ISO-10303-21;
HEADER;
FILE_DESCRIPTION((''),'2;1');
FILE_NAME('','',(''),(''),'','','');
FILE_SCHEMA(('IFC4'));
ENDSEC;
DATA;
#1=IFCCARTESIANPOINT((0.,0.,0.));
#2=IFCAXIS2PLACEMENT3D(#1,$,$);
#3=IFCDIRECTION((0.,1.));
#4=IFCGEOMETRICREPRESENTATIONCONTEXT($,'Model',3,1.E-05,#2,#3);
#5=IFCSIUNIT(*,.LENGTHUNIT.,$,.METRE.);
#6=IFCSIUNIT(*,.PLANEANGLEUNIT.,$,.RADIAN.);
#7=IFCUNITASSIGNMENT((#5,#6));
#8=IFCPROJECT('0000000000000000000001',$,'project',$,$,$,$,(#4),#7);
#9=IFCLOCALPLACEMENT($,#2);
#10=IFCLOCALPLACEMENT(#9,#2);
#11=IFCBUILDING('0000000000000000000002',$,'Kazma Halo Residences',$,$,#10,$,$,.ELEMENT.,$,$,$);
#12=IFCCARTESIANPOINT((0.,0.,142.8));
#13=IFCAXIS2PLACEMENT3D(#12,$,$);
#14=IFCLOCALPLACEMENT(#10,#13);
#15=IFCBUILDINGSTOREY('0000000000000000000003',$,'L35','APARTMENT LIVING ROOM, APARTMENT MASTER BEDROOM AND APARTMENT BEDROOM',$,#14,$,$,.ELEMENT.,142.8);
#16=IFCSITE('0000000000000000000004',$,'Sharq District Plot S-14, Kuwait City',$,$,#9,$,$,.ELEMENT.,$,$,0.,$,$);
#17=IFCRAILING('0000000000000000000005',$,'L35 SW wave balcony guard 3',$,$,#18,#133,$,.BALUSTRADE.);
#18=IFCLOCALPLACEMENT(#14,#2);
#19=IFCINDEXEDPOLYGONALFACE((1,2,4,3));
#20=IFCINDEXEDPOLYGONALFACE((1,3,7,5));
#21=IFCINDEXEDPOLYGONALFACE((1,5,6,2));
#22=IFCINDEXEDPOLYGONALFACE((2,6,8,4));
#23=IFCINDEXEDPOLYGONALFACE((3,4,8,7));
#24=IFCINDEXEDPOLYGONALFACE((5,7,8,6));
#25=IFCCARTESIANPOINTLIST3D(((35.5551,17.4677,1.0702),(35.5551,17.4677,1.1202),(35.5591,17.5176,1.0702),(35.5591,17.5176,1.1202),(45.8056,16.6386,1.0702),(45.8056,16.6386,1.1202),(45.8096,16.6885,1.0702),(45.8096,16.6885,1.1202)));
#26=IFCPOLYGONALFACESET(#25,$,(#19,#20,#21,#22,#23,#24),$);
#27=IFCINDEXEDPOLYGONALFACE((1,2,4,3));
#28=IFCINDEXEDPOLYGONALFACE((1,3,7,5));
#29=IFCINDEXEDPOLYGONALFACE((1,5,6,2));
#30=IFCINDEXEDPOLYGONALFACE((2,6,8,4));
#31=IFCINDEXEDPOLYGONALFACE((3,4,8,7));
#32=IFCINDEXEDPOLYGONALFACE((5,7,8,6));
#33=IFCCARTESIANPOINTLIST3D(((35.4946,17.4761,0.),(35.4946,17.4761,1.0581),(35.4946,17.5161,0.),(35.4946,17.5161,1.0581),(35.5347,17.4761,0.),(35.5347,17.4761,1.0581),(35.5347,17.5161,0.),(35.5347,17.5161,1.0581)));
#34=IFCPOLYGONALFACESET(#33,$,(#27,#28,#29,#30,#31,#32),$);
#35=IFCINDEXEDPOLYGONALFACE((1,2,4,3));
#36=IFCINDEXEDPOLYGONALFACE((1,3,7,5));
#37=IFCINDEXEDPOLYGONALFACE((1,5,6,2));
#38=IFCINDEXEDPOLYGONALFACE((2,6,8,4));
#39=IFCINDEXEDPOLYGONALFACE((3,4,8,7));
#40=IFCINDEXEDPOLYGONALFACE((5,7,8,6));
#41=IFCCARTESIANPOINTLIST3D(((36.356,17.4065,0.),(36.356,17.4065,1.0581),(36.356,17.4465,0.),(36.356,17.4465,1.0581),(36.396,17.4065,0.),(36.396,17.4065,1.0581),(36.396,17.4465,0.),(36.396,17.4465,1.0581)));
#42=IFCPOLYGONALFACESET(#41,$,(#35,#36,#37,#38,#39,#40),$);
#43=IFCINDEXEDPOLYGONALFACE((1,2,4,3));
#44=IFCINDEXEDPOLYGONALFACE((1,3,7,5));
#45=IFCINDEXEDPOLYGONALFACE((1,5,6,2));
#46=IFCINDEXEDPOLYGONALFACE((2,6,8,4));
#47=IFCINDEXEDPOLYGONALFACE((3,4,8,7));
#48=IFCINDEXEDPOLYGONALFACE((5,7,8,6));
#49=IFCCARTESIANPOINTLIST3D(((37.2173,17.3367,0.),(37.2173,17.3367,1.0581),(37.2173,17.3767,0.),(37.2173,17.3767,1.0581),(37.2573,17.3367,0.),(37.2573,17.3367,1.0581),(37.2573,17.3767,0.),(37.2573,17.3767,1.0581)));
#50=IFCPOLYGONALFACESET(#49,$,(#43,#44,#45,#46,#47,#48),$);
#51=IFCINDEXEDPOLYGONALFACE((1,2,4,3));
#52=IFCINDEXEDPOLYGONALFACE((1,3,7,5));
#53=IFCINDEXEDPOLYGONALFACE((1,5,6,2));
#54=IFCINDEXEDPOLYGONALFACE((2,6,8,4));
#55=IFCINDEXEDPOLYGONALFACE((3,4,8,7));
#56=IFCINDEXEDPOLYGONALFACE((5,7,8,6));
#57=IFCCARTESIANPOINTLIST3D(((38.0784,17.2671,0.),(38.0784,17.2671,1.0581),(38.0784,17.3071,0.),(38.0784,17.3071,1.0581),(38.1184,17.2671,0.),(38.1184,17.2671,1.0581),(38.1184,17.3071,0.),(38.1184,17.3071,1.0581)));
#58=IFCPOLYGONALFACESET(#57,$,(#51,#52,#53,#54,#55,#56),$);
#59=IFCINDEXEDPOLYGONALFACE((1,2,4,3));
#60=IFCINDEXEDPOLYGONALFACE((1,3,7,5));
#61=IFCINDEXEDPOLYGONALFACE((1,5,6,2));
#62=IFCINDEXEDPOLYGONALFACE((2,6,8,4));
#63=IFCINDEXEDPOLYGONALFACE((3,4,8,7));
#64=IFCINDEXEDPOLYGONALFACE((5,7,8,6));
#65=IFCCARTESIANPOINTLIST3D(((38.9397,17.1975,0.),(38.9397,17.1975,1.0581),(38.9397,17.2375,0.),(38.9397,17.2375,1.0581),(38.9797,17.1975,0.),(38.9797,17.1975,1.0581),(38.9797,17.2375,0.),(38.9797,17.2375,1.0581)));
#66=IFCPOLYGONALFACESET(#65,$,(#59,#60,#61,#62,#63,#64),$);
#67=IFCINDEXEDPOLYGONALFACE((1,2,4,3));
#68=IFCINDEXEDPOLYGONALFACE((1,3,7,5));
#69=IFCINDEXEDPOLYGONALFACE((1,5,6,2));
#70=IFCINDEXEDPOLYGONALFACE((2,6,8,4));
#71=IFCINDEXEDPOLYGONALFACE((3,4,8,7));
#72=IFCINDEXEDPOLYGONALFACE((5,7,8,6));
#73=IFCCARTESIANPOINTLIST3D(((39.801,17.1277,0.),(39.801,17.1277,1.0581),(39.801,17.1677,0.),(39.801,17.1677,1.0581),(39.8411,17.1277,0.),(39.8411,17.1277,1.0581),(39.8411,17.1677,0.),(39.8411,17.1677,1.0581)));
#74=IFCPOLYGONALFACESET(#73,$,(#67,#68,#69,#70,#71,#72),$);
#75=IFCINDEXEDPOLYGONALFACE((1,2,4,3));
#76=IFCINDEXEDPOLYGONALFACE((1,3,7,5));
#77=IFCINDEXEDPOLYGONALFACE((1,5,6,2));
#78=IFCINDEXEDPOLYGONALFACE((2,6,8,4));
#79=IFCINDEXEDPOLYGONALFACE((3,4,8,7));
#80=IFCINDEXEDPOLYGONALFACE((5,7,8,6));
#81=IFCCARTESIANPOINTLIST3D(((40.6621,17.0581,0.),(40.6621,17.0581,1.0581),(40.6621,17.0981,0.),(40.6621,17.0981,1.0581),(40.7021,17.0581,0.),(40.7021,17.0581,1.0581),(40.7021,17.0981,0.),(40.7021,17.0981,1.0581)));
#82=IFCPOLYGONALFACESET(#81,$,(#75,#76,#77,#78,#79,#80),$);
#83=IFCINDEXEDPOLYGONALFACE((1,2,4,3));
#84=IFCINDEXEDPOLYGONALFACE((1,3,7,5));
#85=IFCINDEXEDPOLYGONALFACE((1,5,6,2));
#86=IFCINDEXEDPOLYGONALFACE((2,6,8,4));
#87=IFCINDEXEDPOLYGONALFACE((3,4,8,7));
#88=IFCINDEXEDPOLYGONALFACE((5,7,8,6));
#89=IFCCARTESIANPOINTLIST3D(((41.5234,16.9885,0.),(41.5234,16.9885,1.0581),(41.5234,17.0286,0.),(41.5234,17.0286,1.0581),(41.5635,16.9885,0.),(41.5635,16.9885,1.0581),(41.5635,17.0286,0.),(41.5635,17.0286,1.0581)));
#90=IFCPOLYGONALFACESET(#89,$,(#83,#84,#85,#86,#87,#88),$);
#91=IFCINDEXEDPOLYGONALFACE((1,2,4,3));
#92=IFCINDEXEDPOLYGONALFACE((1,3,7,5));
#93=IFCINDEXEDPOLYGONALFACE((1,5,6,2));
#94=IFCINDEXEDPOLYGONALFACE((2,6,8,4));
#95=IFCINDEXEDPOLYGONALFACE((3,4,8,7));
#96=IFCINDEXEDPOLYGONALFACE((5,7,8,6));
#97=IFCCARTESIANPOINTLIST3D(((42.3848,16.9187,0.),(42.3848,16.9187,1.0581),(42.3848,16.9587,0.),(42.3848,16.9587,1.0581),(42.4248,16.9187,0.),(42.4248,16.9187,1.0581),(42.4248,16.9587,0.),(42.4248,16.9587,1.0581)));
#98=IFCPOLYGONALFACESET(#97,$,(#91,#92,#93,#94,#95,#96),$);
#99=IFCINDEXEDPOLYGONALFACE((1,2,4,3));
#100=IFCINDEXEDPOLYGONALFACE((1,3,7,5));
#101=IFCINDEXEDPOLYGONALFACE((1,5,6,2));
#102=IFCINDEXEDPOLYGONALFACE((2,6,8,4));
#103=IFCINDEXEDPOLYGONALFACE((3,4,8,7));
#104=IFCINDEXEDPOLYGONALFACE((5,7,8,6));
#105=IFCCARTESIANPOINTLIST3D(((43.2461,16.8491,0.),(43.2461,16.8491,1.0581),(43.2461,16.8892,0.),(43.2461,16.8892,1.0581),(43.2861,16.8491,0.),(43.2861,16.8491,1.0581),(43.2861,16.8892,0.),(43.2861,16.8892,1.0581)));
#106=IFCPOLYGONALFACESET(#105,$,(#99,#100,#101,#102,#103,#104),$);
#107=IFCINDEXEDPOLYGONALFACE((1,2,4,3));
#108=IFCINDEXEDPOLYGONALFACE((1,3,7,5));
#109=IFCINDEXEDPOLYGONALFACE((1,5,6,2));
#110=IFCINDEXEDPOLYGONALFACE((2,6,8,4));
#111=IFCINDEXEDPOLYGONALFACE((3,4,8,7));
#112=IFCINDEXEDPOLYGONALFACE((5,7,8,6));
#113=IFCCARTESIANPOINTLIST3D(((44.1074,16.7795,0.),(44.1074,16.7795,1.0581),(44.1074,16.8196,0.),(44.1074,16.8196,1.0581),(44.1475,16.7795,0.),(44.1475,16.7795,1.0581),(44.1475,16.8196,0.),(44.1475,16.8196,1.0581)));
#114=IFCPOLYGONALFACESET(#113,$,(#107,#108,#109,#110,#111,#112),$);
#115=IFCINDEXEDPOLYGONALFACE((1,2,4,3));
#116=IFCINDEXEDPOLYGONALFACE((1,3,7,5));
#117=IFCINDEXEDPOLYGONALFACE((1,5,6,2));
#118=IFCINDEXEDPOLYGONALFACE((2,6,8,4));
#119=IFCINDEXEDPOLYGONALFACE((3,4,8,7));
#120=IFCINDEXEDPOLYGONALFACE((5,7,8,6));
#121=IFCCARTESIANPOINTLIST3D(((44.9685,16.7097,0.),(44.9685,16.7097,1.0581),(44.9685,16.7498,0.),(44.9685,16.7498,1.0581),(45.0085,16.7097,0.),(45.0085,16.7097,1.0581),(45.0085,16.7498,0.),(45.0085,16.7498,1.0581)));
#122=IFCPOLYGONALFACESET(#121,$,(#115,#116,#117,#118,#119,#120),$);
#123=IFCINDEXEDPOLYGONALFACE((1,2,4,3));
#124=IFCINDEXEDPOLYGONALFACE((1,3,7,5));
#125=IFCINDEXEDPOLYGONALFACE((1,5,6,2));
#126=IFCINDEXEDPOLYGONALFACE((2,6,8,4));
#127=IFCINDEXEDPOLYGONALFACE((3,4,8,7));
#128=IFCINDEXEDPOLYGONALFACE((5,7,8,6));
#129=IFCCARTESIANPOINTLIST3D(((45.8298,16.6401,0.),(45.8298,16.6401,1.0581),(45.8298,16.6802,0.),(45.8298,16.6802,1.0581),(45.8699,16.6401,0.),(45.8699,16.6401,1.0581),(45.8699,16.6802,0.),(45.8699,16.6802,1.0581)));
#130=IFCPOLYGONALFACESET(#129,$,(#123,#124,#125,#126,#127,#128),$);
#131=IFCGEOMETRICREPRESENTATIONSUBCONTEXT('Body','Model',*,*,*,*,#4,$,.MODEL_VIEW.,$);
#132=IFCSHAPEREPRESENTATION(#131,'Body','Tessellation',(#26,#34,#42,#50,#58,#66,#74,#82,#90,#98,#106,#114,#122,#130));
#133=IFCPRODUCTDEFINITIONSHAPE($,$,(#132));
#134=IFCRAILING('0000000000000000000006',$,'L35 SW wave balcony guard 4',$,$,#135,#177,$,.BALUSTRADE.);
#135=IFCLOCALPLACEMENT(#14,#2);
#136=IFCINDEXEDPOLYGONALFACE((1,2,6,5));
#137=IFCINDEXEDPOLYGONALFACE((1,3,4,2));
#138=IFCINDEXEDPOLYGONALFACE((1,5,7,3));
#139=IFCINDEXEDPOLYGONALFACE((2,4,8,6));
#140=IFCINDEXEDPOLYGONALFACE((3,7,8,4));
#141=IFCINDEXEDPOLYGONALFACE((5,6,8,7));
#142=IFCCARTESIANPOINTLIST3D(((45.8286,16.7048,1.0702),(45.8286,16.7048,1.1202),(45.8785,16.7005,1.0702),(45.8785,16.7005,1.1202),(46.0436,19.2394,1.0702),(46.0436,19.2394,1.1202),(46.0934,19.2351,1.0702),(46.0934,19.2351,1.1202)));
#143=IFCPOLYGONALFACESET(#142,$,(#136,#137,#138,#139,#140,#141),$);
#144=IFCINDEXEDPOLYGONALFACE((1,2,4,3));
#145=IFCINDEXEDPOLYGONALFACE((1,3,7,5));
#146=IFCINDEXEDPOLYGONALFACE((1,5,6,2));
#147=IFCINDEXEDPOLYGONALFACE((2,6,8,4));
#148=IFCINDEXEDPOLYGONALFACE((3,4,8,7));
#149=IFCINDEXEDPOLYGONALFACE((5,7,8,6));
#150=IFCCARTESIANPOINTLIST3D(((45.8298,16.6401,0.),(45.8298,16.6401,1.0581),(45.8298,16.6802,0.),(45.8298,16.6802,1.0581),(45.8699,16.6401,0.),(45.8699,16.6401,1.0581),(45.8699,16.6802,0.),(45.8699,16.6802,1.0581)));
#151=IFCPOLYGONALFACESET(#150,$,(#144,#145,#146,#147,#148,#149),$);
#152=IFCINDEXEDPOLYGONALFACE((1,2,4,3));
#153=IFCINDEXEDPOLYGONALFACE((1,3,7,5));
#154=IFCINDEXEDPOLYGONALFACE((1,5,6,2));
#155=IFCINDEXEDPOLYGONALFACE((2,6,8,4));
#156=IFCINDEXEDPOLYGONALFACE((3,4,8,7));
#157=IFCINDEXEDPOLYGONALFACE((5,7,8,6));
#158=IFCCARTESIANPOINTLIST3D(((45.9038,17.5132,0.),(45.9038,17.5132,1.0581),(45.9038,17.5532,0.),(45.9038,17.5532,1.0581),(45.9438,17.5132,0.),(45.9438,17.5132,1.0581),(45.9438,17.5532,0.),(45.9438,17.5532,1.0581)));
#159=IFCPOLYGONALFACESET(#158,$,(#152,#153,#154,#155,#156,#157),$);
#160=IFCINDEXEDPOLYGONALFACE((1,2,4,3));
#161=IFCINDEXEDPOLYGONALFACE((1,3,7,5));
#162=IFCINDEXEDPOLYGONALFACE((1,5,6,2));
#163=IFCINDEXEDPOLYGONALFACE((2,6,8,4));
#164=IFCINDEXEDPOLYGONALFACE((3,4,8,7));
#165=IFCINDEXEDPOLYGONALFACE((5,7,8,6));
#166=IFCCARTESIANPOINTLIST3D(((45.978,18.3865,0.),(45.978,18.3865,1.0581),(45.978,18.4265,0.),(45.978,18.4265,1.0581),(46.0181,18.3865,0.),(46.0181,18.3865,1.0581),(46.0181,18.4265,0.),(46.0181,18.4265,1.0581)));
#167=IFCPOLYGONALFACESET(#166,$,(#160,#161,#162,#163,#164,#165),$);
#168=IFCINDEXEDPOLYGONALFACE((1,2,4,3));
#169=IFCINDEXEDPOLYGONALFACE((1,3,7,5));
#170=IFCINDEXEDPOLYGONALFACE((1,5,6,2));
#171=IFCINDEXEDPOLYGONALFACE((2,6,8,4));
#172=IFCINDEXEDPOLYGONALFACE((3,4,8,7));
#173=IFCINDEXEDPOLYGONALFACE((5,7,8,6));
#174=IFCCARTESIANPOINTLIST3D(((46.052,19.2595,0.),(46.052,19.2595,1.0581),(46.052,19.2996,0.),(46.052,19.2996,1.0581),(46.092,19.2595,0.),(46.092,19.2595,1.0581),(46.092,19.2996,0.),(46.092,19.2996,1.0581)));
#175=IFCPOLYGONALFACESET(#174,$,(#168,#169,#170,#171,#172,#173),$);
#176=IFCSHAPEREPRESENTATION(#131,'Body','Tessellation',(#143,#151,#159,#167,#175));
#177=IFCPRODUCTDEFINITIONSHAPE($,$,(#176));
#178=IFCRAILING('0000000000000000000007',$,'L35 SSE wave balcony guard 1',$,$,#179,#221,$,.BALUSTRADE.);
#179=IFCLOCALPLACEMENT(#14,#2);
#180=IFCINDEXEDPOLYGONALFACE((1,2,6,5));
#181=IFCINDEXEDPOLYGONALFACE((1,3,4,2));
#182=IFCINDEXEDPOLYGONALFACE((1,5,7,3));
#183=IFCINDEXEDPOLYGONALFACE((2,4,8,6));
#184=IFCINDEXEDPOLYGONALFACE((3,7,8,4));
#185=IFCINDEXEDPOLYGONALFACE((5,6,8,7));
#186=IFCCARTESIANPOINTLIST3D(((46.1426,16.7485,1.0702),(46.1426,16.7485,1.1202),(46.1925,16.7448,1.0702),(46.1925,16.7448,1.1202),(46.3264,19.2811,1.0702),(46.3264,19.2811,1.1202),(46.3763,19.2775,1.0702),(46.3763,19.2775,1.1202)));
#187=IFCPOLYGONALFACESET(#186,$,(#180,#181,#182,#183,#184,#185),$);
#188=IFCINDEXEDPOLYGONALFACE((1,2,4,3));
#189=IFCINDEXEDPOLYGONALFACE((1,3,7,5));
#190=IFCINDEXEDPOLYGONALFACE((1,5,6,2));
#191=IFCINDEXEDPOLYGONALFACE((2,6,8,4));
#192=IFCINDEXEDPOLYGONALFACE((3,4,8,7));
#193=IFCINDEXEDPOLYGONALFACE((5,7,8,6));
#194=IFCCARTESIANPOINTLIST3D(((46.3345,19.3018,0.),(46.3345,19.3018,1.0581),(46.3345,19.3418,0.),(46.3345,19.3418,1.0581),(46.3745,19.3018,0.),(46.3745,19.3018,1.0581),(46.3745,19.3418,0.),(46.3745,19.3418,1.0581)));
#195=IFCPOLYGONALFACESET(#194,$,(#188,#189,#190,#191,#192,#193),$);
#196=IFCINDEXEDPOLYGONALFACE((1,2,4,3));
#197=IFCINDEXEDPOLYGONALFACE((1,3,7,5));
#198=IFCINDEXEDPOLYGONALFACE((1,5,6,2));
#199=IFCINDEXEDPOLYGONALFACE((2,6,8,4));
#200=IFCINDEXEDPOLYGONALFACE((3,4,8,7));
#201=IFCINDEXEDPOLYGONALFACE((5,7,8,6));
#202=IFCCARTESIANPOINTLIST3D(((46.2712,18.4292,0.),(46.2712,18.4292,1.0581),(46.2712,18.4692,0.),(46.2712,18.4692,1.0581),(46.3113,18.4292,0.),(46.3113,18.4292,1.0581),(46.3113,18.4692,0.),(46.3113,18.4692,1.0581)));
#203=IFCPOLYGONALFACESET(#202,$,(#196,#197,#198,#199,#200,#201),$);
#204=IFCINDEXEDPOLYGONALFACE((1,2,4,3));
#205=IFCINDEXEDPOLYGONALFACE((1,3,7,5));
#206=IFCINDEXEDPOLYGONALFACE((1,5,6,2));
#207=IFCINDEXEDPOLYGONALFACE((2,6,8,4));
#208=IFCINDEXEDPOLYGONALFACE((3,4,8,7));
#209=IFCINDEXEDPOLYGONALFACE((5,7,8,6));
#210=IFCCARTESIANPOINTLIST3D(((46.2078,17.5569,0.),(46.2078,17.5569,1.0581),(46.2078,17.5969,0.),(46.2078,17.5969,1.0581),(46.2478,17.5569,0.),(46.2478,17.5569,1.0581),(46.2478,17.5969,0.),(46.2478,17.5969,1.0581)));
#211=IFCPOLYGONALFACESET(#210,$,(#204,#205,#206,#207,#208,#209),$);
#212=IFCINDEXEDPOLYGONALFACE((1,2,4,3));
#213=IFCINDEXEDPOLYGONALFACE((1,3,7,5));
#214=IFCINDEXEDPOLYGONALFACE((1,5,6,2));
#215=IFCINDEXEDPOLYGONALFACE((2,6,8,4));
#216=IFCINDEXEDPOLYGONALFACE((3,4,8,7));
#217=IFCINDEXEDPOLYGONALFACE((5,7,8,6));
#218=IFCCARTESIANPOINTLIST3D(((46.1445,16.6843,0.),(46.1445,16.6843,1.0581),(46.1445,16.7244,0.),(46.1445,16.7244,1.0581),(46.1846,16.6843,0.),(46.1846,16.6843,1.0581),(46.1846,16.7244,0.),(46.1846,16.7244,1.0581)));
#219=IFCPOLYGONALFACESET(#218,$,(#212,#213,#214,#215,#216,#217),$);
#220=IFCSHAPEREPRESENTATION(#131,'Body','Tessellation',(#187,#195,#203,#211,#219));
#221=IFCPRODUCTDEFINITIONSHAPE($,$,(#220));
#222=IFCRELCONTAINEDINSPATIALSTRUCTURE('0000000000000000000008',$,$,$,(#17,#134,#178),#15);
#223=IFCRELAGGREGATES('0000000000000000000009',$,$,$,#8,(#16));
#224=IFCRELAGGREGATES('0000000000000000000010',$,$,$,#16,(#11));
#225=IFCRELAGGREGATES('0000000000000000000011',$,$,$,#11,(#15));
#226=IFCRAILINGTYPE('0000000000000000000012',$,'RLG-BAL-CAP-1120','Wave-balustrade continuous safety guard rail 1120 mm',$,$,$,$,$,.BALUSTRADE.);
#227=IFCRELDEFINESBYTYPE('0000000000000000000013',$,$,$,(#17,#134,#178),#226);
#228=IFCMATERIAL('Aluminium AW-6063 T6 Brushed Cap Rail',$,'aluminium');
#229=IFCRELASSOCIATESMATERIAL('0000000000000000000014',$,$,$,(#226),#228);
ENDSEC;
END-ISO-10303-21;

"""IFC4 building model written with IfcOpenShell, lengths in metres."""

from ifc_helpers import new_model, si_unit, direction, frame, origin, origin_2d, place, context, subcontext, project, spatial, rectangle, extrude, material, type_object, element, save


model = new_model("IFC4")

# Units and contexts
model_context = context("Model", 3, precision=1e-05, world=origin(), true_north=direction((0.0, 1.0)))
body_context = subcontext(model_context, "Body", "Model", "MODEL_VIEW")
ifc_project = project(units=[si_unit("LENGTHUNIT", "METRE"), si_unit("PLANEANGLEUNIT", "RADIAN")], contexts=[model_context])

# Site, building, storey
site_placement = place(None, origin())
site = spatial("IfcSite", under=ifc_project, at=site_placement, Name="Sharq District Plot S-14, Kuwait City", CompositionType="ELEMENT", RefElevation=0.0)
building_placement = place(site_placement, origin())
building = spatial("IfcBuilding", under=site, at=building_placement, Name="Kazma Halo Residences", CompositionType="ELEMENT")
storey_placement = place(building_placement, frame((0.0, 0.0, 142.8)))
storey = spatial("IfcBuildingStorey", under=building, at=storey_placement, Name="L35", Description="APARTMENT LIVING ROOM, APARTMENT MASTER BEDROOM AND APARTMENT BEDROOM", CompositionType="ELEMENT", Elevation=142.8)

# Railings
ifc_material_1 = material(Name="Aluminium AW-6063 T6 Brushed Cap Rail", Category="aluminium")
railing_type = type_object("IfcRailingType", Name="RLG-BAL-CAP-1120", Description="Wave-balustrade continuous safety guard rail 1120 mm", PredefinedType="BALUSTRADE", material=ifc_material_1)
railing_1_placement = place(storey_placement, frame((35.5146, 17.4961, 0.0)))
element("IfcRailing", 1, at=railing_1_placement, inside=storey, type_object=railing_type, Name="L35 SW wave balcony guard 3", PredefinedType="BALUSTRADE", context=body_context, shape_type="SweptSolid", body=[
    extrude(rectangle(XDim=0.05, YDim=0.05, at=origin_2d()), frame((0.0425, -0.0034, 1.0952), z_axis=(0.996745, -0.080619, 0.0), x_axis=(0.080619, 0.996745, 0.0)), (0.0, 0.0, 1.0), 10.2839),
    extrude(rectangle(XDim=0.04, YDim=0.04, at=origin_2d()), origin(), (0.0, 0.0, 1.0), 1.0581),
    extrude(rectangle(XDim=0.04, YDim=0.04, at=origin_2d()), frame((0.8613, -0.0696, 0.0)), (0.0, 0.0, 1.0), 1.0581),
    extrude(rectangle(XDim=0.04, YDim=0.04, at=origin_2d()), frame((1.7227, -0.1394, 0.0)), (0.0, 0.0, 1.0), 1.0581),
    extrude(rectangle(XDim=0.04, YDim=0.04, at=origin_2d()), frame((2.5837, -0.209, 0.0)), (0.0, 0.0, 1.0), 1.0581),
    extrude(rectangle(XDim=0.04, YDim=0.04, at=origin_2d()), frame((3.4451, -0.2786, 0.0)), (0.0, 0.0, 1.0), 1.0581),
    extrude(rectangle(XDim=0.04, YDim=0.04, at=origin_2d()), frame((4.3064, -0.3484, 0.0)), (0.0, 0.0, 1.0), 1.0581),
    extrude(rectangle(XDim=0.04, YDim=0.04, at=origin_2d()), frame((5.1675, -0.418, 0.0)), (0.0, 0.0, 1.0), 1.0581),
    extrude(rectangle(XDim=0.04, YDim=0.04, at=origin_2d()), frame((6.0288, -0.4875, 0.0)), (0.0, 0.0, 1.0), 1.0581),
    extrude(rectangle(XDim=0.04, YDim=0.04, at=origin_2d()), frame((6.8901, -0.5574, 0.0)), (0.0, 0.0, 1.0), 1.0581),
    extrude(rectangle(XDim=0.04, YDim=0.04, at=origin_2d()), frame((7.7515, -0.627, 0.0)), (0.0, 0.0, 1.0), 1.0581),
    extrude(rectangle(XDim=0.04, YDim=0.04, at=origin_2d()), frame((8.6128, -0.6965, 0.0)), (0.0, 0.0, 1.0), 1.0581),
    extrude(rectangle(XDim=0.04, YDim=0.04, at=origin_2d()), frame((9.4739, -0.7664, 0.0)), (0.0, 0.0, 1.0), 1.0581),
    extrude(rectangle(XDim=0.04, YDim=0.04, at=origin_2d()), frame((10.3352, -0.8359, 0.0)), (0.0, 0.0, 1.0), 1.0581),
])
railing_2_placement = place(storey_placement, frame((45.8499, 16.6602, 0.0)))
element("IfcRailing", 2, at=railing_2_placement, inside=storey, type_object=railing_type, Name="L35 SW wave balcony guard 4", PredefinedType="BALUSTRADE", context=body_context, shape_type="SweptSolid", body=[
    extrude(rectangle(XDim=0.05, YDim=0.05, at=origin_2d()), frame((0.0037, 0.0425, 1.0952), z_axis=(0.084513, 0.996422, 0.0), x_axis=(-0.996422, 0.084513, 0.0)), (0.0, 0.0, 1.0), 2.5437),
    extrude(rectangle(XDim=0.04, YDim=0.04, at=origin_2d()), origin(), (0.0, 0.0, 1.0), 1.0581),
    extrude(rectangle(XDim=0.04, YDim=0.04, at=origin_2d()), frame((0.074, 0.873, 0.0)), (0.0, 0.0, 1.0), 1.0581),
    extrude(rectangle(XDim=0.04, YDim=0.04, at=origin_2d()), frame((0.1482, 1.7463, 0.0)), (0.0, 0.0, 1.0), 1.0581),
    extrude(rectangle(XDim=0.04, YDim=0.04, at=origin_2d()), frame((0.2222, 2.6194, 0.0)), (0.0, 0.0, 1.0), 1.0581),
])
railing_3_placement = place(storey_placement, frame((46.3545, 19.3218, 0.0)))
element("IfcRailing", 3, at=railing_3_placement, inside=storey, type_object=railing_type, Name="L35 SSE wave balcony guard 1", PredefinedType="BALUSTRADE", context=body_context, shape_type="SweptSolid", body=[
    extrude(rectangle(XDim=0.05, YDim=0.05, at=origin_2d()), frame((-0.0032, -0.0425, 1.0952), z_axis=(-0.072378, -0.997377, 0.0), x_axis=(0.997377, -0.072378, 0.0)), (0.0, 0.0, 1.0), 2.5393),
    extrude(rectangle(XDim=0.04, YDim=0.04, at=origin_2d()), origin(), (0.0, 0.0, 1.0), 1.0581),
    extrude(rectangle(XDim=0.04, YDim=0.04, at=origin_2d()), frame((-0.0632, -0.8726, 0.0)), (0.0, 0.0, 1.0), 1.0581),
    extrude(rectangle(XDim=0.04, YDim=0.04, at=origin_2d()), frame((-0.1267, -1.7449, 0.0)), (0.0, 0.0, 1.0), 1.0581),
    extrude(rectangle(XDim=0.04, YDim=0.04, at=origin_2d()), frame((-0.1899, -2.6174, 0.0)), (0.0, 0.0, 1.0), 1.0581),
])

save(model, "model.ifc")
